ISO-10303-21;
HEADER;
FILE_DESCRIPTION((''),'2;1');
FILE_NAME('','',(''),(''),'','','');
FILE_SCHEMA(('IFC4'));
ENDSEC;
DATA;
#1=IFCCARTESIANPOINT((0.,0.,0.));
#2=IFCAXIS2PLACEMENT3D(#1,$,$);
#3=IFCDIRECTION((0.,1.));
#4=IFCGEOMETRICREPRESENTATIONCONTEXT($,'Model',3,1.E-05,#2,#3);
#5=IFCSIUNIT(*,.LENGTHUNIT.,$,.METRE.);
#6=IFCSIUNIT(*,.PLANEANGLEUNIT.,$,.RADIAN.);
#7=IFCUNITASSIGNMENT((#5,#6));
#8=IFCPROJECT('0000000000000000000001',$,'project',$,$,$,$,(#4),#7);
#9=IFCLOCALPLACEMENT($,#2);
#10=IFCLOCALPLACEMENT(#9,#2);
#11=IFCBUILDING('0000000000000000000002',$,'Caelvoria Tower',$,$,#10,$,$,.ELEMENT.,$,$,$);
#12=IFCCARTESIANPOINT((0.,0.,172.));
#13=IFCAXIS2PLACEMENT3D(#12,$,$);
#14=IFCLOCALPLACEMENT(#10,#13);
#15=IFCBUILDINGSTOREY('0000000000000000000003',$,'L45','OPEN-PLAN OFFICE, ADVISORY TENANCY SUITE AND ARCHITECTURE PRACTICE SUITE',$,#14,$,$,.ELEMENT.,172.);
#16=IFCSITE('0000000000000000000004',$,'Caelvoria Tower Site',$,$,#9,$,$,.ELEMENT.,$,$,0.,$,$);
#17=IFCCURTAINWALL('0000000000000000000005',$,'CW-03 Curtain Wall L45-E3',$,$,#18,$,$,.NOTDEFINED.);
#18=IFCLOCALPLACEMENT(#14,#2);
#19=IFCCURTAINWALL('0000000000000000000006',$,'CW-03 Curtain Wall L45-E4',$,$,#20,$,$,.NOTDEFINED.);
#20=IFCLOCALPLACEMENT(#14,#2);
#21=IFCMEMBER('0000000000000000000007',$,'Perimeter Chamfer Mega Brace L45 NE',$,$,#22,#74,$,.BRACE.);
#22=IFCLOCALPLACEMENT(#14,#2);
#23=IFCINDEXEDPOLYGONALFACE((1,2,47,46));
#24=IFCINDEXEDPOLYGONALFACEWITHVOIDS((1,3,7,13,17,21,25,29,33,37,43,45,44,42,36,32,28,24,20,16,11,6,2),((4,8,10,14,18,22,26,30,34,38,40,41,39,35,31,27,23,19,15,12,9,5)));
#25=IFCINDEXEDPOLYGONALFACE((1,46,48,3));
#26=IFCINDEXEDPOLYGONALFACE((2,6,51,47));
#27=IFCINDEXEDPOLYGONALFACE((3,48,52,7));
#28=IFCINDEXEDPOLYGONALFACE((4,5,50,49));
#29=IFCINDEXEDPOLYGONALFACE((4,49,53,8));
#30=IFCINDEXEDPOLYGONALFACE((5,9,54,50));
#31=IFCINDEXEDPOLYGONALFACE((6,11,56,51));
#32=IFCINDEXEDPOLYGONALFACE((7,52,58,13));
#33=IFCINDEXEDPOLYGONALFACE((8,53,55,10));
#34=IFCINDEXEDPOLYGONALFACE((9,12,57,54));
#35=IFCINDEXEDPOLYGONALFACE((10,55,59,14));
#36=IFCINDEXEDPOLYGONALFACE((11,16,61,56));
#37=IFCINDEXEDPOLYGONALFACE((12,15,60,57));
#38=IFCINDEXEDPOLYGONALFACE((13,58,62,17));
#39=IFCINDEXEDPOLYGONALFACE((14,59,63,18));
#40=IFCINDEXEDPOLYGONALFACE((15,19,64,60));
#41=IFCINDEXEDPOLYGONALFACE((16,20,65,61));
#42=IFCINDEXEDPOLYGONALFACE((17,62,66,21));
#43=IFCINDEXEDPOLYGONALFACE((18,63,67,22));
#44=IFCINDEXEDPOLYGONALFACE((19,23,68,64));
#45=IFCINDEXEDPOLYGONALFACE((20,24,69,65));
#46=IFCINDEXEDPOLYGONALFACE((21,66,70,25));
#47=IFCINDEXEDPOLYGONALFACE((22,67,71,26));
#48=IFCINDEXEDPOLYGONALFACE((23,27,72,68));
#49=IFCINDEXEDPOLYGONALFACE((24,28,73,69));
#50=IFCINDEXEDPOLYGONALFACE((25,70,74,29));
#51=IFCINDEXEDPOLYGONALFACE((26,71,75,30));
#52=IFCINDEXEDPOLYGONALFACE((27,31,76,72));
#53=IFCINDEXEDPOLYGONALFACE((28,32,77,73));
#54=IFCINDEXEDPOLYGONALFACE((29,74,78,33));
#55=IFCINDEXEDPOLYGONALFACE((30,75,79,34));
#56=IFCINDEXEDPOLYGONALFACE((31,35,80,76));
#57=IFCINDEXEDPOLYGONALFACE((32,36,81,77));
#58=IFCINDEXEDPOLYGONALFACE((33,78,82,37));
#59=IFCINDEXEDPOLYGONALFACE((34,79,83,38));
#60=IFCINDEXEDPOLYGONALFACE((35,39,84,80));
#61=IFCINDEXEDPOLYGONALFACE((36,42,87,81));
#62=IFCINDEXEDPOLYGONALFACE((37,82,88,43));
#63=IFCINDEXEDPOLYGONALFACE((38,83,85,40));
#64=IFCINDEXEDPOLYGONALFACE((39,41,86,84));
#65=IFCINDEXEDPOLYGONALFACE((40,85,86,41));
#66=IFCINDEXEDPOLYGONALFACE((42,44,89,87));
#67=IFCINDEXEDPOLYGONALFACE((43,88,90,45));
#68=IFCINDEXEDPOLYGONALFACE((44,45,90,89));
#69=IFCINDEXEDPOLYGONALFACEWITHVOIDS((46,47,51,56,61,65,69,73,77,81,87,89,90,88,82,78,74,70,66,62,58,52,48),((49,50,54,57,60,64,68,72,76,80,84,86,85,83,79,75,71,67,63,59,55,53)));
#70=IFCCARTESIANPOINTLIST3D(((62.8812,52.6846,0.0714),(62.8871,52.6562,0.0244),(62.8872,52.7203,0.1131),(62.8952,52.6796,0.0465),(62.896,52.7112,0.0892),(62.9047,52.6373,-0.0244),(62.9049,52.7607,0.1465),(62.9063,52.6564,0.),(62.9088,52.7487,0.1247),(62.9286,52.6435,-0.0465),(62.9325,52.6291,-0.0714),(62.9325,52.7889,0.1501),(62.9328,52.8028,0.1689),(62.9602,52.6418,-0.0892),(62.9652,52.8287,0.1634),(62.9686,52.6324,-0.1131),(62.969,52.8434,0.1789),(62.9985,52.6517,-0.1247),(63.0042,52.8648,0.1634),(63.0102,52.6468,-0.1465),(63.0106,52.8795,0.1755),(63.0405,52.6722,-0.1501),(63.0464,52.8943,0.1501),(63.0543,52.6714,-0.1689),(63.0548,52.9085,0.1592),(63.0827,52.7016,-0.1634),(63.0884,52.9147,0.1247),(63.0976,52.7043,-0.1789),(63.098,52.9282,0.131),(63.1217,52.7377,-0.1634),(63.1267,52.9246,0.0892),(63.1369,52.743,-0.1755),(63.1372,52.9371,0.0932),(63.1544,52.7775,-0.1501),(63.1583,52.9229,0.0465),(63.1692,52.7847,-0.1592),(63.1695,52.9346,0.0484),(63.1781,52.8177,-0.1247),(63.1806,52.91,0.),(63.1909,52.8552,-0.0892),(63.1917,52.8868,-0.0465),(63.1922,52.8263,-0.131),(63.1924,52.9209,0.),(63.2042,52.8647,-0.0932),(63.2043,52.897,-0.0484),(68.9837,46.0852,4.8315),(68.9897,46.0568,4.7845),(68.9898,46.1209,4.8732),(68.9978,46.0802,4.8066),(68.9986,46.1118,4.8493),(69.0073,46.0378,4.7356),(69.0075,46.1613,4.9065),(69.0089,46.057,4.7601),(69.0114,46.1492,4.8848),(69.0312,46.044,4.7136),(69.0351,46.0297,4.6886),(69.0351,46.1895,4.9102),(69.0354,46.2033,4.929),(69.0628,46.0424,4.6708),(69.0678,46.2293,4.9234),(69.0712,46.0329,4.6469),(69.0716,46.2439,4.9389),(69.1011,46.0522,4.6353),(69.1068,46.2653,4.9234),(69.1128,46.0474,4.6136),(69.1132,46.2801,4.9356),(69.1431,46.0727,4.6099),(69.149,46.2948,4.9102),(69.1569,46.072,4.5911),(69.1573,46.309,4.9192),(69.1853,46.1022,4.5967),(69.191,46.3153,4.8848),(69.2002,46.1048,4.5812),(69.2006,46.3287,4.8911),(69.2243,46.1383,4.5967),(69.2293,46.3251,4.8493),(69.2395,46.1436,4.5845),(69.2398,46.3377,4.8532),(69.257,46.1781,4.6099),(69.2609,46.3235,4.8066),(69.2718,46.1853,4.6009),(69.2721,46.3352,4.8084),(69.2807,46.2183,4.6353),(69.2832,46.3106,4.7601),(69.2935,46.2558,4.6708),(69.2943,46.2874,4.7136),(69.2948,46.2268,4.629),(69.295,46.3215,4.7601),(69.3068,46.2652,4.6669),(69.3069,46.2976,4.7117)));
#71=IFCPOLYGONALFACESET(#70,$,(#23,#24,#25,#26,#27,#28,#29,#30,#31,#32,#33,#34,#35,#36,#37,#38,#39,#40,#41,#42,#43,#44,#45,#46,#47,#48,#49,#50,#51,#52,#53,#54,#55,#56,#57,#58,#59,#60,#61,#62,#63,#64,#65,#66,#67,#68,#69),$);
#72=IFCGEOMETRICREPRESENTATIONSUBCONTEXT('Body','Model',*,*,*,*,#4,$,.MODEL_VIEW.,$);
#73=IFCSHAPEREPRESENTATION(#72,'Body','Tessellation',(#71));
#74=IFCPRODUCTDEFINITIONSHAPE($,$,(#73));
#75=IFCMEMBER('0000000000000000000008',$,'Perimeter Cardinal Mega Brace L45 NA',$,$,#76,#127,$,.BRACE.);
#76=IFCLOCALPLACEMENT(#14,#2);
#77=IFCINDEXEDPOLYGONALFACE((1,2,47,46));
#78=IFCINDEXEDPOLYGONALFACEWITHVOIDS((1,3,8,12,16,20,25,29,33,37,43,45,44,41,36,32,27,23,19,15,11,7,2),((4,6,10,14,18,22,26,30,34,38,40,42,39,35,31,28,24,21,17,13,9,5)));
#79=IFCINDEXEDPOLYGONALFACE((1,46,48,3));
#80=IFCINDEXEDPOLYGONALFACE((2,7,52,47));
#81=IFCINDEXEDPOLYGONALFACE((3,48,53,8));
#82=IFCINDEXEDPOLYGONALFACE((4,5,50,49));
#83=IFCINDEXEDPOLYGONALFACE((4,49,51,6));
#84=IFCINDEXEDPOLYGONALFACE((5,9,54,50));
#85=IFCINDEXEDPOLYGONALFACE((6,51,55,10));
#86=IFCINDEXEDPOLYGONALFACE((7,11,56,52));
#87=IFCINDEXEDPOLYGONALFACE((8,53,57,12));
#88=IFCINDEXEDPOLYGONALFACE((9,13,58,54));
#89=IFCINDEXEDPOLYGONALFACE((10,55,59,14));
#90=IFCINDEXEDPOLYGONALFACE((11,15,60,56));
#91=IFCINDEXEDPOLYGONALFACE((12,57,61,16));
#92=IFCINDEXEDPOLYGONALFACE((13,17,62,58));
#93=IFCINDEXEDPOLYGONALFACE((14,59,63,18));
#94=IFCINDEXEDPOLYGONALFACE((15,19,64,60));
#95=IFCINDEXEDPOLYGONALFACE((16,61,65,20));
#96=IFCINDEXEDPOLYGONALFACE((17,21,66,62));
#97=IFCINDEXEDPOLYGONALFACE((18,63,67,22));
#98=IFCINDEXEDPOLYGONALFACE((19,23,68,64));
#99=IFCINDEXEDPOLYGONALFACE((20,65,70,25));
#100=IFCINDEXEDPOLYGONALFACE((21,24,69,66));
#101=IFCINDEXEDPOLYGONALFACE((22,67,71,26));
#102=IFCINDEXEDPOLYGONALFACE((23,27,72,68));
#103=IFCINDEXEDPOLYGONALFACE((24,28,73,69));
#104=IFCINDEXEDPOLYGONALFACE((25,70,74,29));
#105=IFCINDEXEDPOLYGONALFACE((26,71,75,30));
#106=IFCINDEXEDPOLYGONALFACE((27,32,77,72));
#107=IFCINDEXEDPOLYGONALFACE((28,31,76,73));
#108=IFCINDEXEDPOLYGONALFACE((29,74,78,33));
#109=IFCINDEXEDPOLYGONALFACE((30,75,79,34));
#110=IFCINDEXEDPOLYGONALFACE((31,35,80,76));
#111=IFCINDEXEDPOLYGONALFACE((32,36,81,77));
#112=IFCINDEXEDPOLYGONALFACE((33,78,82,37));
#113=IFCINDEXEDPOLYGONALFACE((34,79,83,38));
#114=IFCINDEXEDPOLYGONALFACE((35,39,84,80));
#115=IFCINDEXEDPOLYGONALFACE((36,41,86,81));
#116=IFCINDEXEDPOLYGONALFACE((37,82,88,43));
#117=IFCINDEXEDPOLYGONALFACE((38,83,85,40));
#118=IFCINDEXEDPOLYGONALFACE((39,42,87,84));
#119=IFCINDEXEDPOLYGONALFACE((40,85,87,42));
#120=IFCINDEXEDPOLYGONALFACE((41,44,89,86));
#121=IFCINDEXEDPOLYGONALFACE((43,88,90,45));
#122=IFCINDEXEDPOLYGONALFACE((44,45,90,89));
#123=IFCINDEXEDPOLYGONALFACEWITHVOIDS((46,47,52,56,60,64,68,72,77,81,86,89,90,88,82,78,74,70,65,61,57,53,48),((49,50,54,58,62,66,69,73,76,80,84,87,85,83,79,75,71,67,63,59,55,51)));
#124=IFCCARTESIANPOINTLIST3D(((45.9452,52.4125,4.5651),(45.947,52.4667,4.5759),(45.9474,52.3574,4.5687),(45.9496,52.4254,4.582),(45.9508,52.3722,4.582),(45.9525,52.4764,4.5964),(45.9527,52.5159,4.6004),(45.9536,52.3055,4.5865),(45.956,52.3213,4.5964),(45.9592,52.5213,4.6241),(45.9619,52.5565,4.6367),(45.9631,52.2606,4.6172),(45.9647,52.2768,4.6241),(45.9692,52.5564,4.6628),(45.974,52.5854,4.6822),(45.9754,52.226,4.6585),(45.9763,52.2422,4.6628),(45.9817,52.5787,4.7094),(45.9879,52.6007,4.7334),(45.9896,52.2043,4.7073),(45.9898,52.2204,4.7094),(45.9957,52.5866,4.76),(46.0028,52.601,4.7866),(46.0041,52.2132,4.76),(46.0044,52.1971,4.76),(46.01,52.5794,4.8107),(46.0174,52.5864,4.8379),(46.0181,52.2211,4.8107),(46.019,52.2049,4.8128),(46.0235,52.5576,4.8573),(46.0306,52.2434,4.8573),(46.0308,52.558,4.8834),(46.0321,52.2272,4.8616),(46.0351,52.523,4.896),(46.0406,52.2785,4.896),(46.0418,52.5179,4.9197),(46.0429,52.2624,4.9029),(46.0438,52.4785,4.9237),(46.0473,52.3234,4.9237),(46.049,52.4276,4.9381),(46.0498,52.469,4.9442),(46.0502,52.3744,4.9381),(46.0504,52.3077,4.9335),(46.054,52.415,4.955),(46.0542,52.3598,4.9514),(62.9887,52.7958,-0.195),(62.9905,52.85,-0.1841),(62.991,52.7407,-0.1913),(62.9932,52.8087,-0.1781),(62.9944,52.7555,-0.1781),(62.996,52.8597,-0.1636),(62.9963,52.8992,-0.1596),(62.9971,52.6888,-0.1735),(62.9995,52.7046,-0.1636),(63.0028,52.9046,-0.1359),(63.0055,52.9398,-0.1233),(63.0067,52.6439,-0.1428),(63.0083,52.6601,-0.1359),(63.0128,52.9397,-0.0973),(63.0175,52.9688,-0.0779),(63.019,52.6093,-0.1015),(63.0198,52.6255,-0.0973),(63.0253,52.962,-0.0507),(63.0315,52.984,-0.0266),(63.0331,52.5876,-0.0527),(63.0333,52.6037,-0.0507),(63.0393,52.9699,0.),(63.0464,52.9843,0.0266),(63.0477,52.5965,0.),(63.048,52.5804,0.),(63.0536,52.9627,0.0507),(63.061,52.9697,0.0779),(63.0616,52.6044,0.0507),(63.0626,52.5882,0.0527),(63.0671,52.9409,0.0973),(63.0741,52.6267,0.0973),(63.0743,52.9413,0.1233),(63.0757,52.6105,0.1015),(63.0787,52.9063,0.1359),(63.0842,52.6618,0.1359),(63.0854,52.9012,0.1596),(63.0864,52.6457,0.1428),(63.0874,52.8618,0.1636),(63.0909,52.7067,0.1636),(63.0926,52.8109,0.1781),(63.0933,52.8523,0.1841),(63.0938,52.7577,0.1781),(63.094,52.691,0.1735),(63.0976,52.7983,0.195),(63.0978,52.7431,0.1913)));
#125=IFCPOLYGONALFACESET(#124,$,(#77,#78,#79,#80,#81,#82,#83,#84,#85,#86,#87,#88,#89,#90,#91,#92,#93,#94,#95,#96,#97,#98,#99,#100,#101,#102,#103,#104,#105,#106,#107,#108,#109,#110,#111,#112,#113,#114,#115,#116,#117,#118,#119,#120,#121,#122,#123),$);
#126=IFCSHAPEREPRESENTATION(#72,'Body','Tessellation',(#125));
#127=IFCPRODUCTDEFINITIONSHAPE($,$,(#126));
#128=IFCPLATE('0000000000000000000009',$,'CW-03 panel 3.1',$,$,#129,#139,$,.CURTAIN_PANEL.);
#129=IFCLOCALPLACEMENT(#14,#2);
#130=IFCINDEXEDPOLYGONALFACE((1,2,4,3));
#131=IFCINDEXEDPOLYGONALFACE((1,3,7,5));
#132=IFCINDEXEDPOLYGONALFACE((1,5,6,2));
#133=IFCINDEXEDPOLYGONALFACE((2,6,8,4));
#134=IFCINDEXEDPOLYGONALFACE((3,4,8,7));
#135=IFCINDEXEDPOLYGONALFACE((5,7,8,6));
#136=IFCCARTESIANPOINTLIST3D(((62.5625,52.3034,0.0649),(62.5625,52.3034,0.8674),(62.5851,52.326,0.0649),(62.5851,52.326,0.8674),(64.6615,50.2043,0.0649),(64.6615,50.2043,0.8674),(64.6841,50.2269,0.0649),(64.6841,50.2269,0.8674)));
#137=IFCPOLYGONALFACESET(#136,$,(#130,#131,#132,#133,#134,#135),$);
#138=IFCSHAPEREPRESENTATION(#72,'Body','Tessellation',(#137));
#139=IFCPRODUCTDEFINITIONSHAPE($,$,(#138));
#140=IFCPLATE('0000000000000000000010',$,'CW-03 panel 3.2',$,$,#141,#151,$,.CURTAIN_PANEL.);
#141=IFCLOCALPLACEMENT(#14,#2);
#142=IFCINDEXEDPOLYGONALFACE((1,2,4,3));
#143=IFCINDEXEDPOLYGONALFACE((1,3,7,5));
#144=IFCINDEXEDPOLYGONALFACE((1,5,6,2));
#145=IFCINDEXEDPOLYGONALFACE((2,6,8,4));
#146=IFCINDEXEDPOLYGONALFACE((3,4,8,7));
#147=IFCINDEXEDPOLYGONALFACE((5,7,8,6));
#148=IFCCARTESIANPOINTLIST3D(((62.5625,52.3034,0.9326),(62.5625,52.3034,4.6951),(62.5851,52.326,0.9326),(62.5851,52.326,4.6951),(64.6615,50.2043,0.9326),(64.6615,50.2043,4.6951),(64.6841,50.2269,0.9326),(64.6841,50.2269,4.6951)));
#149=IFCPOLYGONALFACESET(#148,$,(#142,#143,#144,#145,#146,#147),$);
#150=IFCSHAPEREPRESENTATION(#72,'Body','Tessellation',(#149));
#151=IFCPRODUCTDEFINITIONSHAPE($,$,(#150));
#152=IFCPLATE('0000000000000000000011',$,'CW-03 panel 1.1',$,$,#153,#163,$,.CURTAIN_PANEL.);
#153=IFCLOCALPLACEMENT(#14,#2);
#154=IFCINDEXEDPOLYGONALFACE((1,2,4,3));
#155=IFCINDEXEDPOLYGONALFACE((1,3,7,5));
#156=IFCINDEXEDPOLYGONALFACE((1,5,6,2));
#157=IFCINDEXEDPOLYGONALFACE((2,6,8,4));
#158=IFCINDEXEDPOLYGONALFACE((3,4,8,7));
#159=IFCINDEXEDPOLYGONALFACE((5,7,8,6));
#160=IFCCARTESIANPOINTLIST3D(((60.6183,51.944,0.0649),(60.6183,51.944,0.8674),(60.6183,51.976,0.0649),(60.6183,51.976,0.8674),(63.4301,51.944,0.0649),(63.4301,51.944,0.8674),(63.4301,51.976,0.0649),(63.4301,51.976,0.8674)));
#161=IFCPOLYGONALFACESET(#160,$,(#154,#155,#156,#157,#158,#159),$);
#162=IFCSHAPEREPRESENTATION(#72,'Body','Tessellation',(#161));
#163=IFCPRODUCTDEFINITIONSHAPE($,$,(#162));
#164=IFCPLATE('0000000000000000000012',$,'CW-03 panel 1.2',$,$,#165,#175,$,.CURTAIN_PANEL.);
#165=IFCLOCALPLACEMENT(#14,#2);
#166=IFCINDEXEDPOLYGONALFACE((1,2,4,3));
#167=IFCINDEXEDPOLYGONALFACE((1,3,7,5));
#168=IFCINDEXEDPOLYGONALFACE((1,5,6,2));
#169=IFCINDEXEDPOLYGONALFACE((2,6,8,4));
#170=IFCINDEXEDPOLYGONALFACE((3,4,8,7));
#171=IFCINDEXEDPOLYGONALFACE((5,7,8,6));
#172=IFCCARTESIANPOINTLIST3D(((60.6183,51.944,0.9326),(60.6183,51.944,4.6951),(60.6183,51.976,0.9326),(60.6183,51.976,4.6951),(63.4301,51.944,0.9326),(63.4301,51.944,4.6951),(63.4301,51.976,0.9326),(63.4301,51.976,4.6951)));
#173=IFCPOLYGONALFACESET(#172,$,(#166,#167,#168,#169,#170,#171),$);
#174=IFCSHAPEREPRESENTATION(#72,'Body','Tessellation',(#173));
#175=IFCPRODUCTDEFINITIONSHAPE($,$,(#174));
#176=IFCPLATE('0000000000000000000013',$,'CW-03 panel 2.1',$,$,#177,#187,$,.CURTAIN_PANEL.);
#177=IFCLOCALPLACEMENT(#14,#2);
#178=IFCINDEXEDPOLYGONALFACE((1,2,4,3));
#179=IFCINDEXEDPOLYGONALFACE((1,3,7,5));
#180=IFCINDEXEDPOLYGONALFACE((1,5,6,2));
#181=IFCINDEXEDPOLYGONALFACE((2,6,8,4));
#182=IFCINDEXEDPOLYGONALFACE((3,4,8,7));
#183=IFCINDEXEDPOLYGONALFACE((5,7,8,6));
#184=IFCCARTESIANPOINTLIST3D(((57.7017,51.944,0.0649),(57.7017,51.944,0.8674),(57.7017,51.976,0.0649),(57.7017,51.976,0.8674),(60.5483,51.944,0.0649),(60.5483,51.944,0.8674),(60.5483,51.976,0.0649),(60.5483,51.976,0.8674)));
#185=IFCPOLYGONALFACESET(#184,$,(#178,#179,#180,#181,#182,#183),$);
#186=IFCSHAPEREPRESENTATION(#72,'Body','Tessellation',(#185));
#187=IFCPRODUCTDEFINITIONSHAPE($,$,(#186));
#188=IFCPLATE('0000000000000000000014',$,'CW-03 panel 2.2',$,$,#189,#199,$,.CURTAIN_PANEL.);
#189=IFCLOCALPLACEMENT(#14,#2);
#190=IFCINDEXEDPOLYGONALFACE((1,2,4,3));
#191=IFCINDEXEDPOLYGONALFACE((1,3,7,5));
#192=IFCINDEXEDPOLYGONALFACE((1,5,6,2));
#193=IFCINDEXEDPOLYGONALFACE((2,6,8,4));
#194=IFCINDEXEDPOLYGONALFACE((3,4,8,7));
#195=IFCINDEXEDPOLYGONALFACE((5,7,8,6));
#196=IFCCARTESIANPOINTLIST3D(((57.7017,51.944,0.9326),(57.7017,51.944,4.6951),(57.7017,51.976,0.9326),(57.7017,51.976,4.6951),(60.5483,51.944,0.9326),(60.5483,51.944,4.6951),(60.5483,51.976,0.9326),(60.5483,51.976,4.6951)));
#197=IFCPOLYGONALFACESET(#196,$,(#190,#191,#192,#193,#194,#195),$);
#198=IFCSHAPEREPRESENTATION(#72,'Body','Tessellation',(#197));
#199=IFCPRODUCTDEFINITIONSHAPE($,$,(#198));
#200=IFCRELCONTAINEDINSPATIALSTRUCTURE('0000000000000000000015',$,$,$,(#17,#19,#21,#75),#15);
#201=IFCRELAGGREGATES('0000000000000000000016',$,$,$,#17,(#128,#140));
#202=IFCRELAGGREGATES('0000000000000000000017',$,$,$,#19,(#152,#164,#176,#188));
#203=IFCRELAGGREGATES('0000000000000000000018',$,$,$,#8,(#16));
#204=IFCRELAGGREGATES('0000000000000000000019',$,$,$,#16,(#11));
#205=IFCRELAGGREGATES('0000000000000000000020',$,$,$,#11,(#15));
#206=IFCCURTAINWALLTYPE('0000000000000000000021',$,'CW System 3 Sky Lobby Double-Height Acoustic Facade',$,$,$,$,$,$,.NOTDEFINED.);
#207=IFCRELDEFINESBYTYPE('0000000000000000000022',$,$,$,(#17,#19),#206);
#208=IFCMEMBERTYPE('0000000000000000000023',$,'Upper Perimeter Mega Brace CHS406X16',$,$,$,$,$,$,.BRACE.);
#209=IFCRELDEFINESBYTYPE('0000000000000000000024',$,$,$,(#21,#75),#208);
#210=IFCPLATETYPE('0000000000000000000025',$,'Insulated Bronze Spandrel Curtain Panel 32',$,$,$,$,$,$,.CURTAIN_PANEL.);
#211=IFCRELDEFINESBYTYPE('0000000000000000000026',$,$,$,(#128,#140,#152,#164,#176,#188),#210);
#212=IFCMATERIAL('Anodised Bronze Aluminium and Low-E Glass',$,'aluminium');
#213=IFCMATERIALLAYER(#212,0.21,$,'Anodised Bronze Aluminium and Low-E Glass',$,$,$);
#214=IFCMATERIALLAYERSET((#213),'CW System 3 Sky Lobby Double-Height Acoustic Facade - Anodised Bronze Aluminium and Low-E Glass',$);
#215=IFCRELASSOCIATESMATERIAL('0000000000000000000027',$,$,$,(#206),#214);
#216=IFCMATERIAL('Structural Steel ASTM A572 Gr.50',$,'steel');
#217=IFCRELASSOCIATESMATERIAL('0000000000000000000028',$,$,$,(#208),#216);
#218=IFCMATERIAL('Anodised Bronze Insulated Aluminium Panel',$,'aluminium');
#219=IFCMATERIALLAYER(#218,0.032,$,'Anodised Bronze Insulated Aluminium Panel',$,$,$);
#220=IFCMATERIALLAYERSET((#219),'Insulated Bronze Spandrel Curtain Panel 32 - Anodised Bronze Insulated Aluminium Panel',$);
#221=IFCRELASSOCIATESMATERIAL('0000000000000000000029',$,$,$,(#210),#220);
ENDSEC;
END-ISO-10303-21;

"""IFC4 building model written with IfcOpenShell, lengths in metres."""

from ifc_helpers import new_model, si_unit, direction, frame, origin, origin_2d, place, context, subcontext, project, spatial, rectangle, hollow_circle, extrude, material, layer, layer_set, material_profile, profile_set, type_object, element, aggregate, save


model = new_model("IFC4")

# Units and contexts
model_context = context("Model", 3, precision=1e-05, world=origin(), true_north=direction((0.0, 1.0)))
body_context = subcontext(model_context, "Body", "Model", "MODEL_VIEW")
ifc_project = project(units=[si_unit("LENGTHUNIT", "METRE"), si_unit("PLANEANGLEUNIT", "RADIAN")], contexts=[model_context])

# Site, building, storey
site_placement = place(None, origin())
site = spatial("IfcSite", under=ifc_project, at=site_placement, Name="Caelvoria Tower Site", CompositionType="ELEMENT", RefElevation=0.0)
building_placement = place(site_placement, origin())
building = spatial("IfcBuilding", under=site, at=building_placement, Name="Caelvoria Tower", CompositionType="ELEMENT")
storey_placement = place(building_placement, frame((0.0, 0.0, 172.0)))
storey = spatial("IfcBuildingStorey", under=building, at=storey_placement, Name="L45", Description="OPEN-PLAN OFFICE, ADVISORY TENANCY SUITE AND ARCHITECTURE PRACTICE SUITE", CompositionType="ELEMENT", Elevation=172.0)

# Shared definitions
ifc_material_1 = material(Name="Structural Steel ASTM A572 Gr.50", Category="steel")

# Curtain walls
ifc_material_2 = material(Name="Anodised Bronze Aluminium and Low-E Glass", Category="aluminium")
ifc_layer_1 = layer(ifc_material_2, 0.21, Name="Anodised Bronze Aluminium and Low-E Glass")
ifc_layer_set_1 = layer_set([ifc_layer_1], Name="CW System 3 Sky Lobby Double-Height Acoustic Facade - Anodised Bronze Aluminium and Low-E Glass")
curtain_wall_type = type_object("IfcCurtainWallType", Name="CW System 3 Sky Lobby Double-Height Acoustic Facade", PredefinedType="NOTDEFINED", material=ifc_layer_set_1)
curtain_wall_1_placement = place(storey_placement, origin())
curtain_wall_1 = element("IfcCurtainWall", 1, at=curtain_wall_1_placement, inside=storey, type_object=curtain_wall_type, Name="CW-03 Curtain Wall L45-E3", PredefinedType="NOTDEFINED")
curtain_wall_2_placement = place(storey_placement, origin())
curtain_wall_2 = element("IfcCurtainWall", 2, at=curtain_wall_2_placement, inside=storey, type_object=curtain_wall_type, Name="CW-03 Curtain Wall L45-E4", PredefinedType="NOTDEFINED")

# Members
ifc_material_profile_1 = material_profile(ifc_material_1, hollow_circle(Radius=0.2029, WallThickness=0.0161, at=origin_2d()), Name="Structural Steel ASTM A572 Gr.50")
ifc_profile_set_1 = profile_set([ifc_material_profile_1], Name="CHS406X16 - Structural Steel ASTM A572 Gr.50")
member_type_1 = type_object("IfcMemberType", Name="Upper Perimeter Mega Brace CHS406X16", PredefinedType="BRACE", material=ifc_profile_set_1)
member_1_placement = place(storey_placement, frame((63.0435, 52.7832, 0.0), z_axis=(0.599991, -0.648838, 0.467996), x_axis=(0.734203, 0.67893, 0.0)))
element("IfcMember", 3, at=member_1_placement, inside=storey, type_object=member_type_1, Name="Perimeter Chamfer Mega Brace L45 NE", PredefinedType="BRACE", context=body_context, shape_type="SweptSolid", body=[
    extrude(hollow_circle(Radius=0.2029, WallThickness=0.0161, at=origin_2d()), origin(), (0.0, 0.0, 1.0), 10.1711),
])
member_2_placement = place(storey_placement, frame((63.0435, 52.7832, 0.0), z_axis=(-0.962916, -0.021656, 0.26893), x_axis=(0.022484, -0.999747, 0.0)))
element("IfcMember", 4, at=member_2_placement, inside=storey, type_object=member_type_1, Name="Perimeter Cardinal Mega Brace L45 NA", PredefinedType="BRACE", context=body_context, shape_type="SweptSolid", body=[
    extrude(hollow_circle(Radius=0.2029, WallThickness=0.0161, at=origin_2d()), origin(), (0.0, 0.0, 1.0), 17.7),
])

# Plates
ifc_material_3 = material(Name="Anodised Bronze Insulated Aluminium Panel", Category="aluminium")
ifc_layer_2 = layer(ifc_material_3, 0.032, Name="Anodised Bronze Insulated Aluminium Panel")
ifc_layer_set_2 = layer_set([ifc_layer_2], Name="Insulated Bronze Spandrel Curtain Panel 32 - Anodised Bronze Insulated Aluminium Panel")
plate_type_1 = type_object("IfcPlateType", Name="Insulated Bronze Spandrel Curtain Panel 32", PredefinedType="CURTAIN_PANEL", material=ifc_layer_set_2)
plate_1_placement = place(storey_placement, frame((63.6233, 51.2651, 0.0649), z_axis=(0.0, 0.0, 1.0), x_axis=(-0.707107, 0.707107, 0.0)))
plate_1 = element("IfcPlate", 5, at=plate_1_placement, type_object=plate_type_1, Name="CW-03 panel 3.1", PredefinedType="CURTAIN_PANEL", context=body_context, shape_type="SweptSolid", body=[
    extrude(rectangle(XDim=2.9685, YDim=0.032, at=origin_2d()), origin(), (0.0, 0.0, 1.0), 0.8025),
])
plate_2_placement = place(storey_placement, frame((63.6233, 51.2651, 0.9326), z_axis=(0.0, 0.0, 1.0), x_axis=(-0.707107, 0.707107, 0.0)))
plate_2 = element("IfcPlate", 6, at=plate_2_placement, type_object=plate_type_1, Name="CW-03 panel 3.2", PredefinedType="CURTAIN_PANEL", context=body_context, shape_type="SweptSolid", body=[
    extrude(rectangle(XDim=2.9685, YDim=0.032, at=origin_2d()), origin(), (0.0, 0.0, 1.0), 3.7625),
])
aggregate(curtain_wall_1, [plate_1, plate_2])
plate_3_placement = place(storey_placement, frame((62.0242, 51.96, 0.0649), z_axis=(0.0, 0.0, 1.0), x_axis=(-1.0, 0.0, 0.0)))
plate_3 = element("IfcPlate", 7, at=plate_3_placement, type_object=plate_type_1, Name="CW-03 panel 1.1", PredefinedType="CURTAIN_PANEL", context=body_context, shape_type="SweptSolid", body=[
    extrude(rectangle(XDim=2.8118, YDim=0.032, at=origin_2d()), origin(), (0.0, 0.0, 1.0), 0.8025),
])
plate_4_placement = place(storey_placement, frame((62.0242, 51.96, 0.9326), z_axis=(0.0, 0.0, 1.0), x_axis=(-1.0, 0.0, 0.0)))
plate_4 = element("IfcPlate", 8, at=plate_4_placement, type_object=plate_type_1, Name="CW-03 panel 1.2", PredefinedType="CURTAIN_PANEL", context=body_context, shape_type="SweptSolid", body=[
    extrude(rectangle(XDim=2.8118, YDim=0.032, at=origin_2d()), origin(), (0.0, 0.0, 1.0), 3.7625),
])
plate_5_placement = place(storey_placement, frame((59.125, 51.96, 0.0649), z_axis=(0.0, 0.0, 1.0), x_axis=(-1.0, 0.0, 0.0)))
plate_5 = element("IfcPlate", 9, at=plate_5_placement, type_object=plate_type_1, Name="CW-03 panel 2.1", PredefinedType="CURTAIN_PANEL", context=body_context, shape_type="SweptSolid", body=[
    extrude(rectangle(XDim=2.8467, YDim=0.032, at=origin_2d()), origin(), (0.0, 0.0, 1.0), 0.8025),
])
plate_6_placement = place(storey_placement, frame((59.125, 51.96, 0.9326), z_axis=(0.0, 0.0, 1.0), x_axis=(-1.0, 0.0, 0.0)))
plate_6 = element("IfcPlate", 10, at=plate_6_placement, type_object=plate_type_1, Name="CW-03 panel 2.2", PredefinedType="CURTAIN_PANEL", context=body_context, shape_type="SweptSolid", body=[
    extrude(rectangle(XDim=2.8467, YDim=0.032, at=origin_2d()), origin(), (0.0, 0.0, 1.0), 3.7625),
])
aggregate(curtain_wall_2, [plate_3, plate_4, plate_5, plate_6])

save(model, "model.ifc")
